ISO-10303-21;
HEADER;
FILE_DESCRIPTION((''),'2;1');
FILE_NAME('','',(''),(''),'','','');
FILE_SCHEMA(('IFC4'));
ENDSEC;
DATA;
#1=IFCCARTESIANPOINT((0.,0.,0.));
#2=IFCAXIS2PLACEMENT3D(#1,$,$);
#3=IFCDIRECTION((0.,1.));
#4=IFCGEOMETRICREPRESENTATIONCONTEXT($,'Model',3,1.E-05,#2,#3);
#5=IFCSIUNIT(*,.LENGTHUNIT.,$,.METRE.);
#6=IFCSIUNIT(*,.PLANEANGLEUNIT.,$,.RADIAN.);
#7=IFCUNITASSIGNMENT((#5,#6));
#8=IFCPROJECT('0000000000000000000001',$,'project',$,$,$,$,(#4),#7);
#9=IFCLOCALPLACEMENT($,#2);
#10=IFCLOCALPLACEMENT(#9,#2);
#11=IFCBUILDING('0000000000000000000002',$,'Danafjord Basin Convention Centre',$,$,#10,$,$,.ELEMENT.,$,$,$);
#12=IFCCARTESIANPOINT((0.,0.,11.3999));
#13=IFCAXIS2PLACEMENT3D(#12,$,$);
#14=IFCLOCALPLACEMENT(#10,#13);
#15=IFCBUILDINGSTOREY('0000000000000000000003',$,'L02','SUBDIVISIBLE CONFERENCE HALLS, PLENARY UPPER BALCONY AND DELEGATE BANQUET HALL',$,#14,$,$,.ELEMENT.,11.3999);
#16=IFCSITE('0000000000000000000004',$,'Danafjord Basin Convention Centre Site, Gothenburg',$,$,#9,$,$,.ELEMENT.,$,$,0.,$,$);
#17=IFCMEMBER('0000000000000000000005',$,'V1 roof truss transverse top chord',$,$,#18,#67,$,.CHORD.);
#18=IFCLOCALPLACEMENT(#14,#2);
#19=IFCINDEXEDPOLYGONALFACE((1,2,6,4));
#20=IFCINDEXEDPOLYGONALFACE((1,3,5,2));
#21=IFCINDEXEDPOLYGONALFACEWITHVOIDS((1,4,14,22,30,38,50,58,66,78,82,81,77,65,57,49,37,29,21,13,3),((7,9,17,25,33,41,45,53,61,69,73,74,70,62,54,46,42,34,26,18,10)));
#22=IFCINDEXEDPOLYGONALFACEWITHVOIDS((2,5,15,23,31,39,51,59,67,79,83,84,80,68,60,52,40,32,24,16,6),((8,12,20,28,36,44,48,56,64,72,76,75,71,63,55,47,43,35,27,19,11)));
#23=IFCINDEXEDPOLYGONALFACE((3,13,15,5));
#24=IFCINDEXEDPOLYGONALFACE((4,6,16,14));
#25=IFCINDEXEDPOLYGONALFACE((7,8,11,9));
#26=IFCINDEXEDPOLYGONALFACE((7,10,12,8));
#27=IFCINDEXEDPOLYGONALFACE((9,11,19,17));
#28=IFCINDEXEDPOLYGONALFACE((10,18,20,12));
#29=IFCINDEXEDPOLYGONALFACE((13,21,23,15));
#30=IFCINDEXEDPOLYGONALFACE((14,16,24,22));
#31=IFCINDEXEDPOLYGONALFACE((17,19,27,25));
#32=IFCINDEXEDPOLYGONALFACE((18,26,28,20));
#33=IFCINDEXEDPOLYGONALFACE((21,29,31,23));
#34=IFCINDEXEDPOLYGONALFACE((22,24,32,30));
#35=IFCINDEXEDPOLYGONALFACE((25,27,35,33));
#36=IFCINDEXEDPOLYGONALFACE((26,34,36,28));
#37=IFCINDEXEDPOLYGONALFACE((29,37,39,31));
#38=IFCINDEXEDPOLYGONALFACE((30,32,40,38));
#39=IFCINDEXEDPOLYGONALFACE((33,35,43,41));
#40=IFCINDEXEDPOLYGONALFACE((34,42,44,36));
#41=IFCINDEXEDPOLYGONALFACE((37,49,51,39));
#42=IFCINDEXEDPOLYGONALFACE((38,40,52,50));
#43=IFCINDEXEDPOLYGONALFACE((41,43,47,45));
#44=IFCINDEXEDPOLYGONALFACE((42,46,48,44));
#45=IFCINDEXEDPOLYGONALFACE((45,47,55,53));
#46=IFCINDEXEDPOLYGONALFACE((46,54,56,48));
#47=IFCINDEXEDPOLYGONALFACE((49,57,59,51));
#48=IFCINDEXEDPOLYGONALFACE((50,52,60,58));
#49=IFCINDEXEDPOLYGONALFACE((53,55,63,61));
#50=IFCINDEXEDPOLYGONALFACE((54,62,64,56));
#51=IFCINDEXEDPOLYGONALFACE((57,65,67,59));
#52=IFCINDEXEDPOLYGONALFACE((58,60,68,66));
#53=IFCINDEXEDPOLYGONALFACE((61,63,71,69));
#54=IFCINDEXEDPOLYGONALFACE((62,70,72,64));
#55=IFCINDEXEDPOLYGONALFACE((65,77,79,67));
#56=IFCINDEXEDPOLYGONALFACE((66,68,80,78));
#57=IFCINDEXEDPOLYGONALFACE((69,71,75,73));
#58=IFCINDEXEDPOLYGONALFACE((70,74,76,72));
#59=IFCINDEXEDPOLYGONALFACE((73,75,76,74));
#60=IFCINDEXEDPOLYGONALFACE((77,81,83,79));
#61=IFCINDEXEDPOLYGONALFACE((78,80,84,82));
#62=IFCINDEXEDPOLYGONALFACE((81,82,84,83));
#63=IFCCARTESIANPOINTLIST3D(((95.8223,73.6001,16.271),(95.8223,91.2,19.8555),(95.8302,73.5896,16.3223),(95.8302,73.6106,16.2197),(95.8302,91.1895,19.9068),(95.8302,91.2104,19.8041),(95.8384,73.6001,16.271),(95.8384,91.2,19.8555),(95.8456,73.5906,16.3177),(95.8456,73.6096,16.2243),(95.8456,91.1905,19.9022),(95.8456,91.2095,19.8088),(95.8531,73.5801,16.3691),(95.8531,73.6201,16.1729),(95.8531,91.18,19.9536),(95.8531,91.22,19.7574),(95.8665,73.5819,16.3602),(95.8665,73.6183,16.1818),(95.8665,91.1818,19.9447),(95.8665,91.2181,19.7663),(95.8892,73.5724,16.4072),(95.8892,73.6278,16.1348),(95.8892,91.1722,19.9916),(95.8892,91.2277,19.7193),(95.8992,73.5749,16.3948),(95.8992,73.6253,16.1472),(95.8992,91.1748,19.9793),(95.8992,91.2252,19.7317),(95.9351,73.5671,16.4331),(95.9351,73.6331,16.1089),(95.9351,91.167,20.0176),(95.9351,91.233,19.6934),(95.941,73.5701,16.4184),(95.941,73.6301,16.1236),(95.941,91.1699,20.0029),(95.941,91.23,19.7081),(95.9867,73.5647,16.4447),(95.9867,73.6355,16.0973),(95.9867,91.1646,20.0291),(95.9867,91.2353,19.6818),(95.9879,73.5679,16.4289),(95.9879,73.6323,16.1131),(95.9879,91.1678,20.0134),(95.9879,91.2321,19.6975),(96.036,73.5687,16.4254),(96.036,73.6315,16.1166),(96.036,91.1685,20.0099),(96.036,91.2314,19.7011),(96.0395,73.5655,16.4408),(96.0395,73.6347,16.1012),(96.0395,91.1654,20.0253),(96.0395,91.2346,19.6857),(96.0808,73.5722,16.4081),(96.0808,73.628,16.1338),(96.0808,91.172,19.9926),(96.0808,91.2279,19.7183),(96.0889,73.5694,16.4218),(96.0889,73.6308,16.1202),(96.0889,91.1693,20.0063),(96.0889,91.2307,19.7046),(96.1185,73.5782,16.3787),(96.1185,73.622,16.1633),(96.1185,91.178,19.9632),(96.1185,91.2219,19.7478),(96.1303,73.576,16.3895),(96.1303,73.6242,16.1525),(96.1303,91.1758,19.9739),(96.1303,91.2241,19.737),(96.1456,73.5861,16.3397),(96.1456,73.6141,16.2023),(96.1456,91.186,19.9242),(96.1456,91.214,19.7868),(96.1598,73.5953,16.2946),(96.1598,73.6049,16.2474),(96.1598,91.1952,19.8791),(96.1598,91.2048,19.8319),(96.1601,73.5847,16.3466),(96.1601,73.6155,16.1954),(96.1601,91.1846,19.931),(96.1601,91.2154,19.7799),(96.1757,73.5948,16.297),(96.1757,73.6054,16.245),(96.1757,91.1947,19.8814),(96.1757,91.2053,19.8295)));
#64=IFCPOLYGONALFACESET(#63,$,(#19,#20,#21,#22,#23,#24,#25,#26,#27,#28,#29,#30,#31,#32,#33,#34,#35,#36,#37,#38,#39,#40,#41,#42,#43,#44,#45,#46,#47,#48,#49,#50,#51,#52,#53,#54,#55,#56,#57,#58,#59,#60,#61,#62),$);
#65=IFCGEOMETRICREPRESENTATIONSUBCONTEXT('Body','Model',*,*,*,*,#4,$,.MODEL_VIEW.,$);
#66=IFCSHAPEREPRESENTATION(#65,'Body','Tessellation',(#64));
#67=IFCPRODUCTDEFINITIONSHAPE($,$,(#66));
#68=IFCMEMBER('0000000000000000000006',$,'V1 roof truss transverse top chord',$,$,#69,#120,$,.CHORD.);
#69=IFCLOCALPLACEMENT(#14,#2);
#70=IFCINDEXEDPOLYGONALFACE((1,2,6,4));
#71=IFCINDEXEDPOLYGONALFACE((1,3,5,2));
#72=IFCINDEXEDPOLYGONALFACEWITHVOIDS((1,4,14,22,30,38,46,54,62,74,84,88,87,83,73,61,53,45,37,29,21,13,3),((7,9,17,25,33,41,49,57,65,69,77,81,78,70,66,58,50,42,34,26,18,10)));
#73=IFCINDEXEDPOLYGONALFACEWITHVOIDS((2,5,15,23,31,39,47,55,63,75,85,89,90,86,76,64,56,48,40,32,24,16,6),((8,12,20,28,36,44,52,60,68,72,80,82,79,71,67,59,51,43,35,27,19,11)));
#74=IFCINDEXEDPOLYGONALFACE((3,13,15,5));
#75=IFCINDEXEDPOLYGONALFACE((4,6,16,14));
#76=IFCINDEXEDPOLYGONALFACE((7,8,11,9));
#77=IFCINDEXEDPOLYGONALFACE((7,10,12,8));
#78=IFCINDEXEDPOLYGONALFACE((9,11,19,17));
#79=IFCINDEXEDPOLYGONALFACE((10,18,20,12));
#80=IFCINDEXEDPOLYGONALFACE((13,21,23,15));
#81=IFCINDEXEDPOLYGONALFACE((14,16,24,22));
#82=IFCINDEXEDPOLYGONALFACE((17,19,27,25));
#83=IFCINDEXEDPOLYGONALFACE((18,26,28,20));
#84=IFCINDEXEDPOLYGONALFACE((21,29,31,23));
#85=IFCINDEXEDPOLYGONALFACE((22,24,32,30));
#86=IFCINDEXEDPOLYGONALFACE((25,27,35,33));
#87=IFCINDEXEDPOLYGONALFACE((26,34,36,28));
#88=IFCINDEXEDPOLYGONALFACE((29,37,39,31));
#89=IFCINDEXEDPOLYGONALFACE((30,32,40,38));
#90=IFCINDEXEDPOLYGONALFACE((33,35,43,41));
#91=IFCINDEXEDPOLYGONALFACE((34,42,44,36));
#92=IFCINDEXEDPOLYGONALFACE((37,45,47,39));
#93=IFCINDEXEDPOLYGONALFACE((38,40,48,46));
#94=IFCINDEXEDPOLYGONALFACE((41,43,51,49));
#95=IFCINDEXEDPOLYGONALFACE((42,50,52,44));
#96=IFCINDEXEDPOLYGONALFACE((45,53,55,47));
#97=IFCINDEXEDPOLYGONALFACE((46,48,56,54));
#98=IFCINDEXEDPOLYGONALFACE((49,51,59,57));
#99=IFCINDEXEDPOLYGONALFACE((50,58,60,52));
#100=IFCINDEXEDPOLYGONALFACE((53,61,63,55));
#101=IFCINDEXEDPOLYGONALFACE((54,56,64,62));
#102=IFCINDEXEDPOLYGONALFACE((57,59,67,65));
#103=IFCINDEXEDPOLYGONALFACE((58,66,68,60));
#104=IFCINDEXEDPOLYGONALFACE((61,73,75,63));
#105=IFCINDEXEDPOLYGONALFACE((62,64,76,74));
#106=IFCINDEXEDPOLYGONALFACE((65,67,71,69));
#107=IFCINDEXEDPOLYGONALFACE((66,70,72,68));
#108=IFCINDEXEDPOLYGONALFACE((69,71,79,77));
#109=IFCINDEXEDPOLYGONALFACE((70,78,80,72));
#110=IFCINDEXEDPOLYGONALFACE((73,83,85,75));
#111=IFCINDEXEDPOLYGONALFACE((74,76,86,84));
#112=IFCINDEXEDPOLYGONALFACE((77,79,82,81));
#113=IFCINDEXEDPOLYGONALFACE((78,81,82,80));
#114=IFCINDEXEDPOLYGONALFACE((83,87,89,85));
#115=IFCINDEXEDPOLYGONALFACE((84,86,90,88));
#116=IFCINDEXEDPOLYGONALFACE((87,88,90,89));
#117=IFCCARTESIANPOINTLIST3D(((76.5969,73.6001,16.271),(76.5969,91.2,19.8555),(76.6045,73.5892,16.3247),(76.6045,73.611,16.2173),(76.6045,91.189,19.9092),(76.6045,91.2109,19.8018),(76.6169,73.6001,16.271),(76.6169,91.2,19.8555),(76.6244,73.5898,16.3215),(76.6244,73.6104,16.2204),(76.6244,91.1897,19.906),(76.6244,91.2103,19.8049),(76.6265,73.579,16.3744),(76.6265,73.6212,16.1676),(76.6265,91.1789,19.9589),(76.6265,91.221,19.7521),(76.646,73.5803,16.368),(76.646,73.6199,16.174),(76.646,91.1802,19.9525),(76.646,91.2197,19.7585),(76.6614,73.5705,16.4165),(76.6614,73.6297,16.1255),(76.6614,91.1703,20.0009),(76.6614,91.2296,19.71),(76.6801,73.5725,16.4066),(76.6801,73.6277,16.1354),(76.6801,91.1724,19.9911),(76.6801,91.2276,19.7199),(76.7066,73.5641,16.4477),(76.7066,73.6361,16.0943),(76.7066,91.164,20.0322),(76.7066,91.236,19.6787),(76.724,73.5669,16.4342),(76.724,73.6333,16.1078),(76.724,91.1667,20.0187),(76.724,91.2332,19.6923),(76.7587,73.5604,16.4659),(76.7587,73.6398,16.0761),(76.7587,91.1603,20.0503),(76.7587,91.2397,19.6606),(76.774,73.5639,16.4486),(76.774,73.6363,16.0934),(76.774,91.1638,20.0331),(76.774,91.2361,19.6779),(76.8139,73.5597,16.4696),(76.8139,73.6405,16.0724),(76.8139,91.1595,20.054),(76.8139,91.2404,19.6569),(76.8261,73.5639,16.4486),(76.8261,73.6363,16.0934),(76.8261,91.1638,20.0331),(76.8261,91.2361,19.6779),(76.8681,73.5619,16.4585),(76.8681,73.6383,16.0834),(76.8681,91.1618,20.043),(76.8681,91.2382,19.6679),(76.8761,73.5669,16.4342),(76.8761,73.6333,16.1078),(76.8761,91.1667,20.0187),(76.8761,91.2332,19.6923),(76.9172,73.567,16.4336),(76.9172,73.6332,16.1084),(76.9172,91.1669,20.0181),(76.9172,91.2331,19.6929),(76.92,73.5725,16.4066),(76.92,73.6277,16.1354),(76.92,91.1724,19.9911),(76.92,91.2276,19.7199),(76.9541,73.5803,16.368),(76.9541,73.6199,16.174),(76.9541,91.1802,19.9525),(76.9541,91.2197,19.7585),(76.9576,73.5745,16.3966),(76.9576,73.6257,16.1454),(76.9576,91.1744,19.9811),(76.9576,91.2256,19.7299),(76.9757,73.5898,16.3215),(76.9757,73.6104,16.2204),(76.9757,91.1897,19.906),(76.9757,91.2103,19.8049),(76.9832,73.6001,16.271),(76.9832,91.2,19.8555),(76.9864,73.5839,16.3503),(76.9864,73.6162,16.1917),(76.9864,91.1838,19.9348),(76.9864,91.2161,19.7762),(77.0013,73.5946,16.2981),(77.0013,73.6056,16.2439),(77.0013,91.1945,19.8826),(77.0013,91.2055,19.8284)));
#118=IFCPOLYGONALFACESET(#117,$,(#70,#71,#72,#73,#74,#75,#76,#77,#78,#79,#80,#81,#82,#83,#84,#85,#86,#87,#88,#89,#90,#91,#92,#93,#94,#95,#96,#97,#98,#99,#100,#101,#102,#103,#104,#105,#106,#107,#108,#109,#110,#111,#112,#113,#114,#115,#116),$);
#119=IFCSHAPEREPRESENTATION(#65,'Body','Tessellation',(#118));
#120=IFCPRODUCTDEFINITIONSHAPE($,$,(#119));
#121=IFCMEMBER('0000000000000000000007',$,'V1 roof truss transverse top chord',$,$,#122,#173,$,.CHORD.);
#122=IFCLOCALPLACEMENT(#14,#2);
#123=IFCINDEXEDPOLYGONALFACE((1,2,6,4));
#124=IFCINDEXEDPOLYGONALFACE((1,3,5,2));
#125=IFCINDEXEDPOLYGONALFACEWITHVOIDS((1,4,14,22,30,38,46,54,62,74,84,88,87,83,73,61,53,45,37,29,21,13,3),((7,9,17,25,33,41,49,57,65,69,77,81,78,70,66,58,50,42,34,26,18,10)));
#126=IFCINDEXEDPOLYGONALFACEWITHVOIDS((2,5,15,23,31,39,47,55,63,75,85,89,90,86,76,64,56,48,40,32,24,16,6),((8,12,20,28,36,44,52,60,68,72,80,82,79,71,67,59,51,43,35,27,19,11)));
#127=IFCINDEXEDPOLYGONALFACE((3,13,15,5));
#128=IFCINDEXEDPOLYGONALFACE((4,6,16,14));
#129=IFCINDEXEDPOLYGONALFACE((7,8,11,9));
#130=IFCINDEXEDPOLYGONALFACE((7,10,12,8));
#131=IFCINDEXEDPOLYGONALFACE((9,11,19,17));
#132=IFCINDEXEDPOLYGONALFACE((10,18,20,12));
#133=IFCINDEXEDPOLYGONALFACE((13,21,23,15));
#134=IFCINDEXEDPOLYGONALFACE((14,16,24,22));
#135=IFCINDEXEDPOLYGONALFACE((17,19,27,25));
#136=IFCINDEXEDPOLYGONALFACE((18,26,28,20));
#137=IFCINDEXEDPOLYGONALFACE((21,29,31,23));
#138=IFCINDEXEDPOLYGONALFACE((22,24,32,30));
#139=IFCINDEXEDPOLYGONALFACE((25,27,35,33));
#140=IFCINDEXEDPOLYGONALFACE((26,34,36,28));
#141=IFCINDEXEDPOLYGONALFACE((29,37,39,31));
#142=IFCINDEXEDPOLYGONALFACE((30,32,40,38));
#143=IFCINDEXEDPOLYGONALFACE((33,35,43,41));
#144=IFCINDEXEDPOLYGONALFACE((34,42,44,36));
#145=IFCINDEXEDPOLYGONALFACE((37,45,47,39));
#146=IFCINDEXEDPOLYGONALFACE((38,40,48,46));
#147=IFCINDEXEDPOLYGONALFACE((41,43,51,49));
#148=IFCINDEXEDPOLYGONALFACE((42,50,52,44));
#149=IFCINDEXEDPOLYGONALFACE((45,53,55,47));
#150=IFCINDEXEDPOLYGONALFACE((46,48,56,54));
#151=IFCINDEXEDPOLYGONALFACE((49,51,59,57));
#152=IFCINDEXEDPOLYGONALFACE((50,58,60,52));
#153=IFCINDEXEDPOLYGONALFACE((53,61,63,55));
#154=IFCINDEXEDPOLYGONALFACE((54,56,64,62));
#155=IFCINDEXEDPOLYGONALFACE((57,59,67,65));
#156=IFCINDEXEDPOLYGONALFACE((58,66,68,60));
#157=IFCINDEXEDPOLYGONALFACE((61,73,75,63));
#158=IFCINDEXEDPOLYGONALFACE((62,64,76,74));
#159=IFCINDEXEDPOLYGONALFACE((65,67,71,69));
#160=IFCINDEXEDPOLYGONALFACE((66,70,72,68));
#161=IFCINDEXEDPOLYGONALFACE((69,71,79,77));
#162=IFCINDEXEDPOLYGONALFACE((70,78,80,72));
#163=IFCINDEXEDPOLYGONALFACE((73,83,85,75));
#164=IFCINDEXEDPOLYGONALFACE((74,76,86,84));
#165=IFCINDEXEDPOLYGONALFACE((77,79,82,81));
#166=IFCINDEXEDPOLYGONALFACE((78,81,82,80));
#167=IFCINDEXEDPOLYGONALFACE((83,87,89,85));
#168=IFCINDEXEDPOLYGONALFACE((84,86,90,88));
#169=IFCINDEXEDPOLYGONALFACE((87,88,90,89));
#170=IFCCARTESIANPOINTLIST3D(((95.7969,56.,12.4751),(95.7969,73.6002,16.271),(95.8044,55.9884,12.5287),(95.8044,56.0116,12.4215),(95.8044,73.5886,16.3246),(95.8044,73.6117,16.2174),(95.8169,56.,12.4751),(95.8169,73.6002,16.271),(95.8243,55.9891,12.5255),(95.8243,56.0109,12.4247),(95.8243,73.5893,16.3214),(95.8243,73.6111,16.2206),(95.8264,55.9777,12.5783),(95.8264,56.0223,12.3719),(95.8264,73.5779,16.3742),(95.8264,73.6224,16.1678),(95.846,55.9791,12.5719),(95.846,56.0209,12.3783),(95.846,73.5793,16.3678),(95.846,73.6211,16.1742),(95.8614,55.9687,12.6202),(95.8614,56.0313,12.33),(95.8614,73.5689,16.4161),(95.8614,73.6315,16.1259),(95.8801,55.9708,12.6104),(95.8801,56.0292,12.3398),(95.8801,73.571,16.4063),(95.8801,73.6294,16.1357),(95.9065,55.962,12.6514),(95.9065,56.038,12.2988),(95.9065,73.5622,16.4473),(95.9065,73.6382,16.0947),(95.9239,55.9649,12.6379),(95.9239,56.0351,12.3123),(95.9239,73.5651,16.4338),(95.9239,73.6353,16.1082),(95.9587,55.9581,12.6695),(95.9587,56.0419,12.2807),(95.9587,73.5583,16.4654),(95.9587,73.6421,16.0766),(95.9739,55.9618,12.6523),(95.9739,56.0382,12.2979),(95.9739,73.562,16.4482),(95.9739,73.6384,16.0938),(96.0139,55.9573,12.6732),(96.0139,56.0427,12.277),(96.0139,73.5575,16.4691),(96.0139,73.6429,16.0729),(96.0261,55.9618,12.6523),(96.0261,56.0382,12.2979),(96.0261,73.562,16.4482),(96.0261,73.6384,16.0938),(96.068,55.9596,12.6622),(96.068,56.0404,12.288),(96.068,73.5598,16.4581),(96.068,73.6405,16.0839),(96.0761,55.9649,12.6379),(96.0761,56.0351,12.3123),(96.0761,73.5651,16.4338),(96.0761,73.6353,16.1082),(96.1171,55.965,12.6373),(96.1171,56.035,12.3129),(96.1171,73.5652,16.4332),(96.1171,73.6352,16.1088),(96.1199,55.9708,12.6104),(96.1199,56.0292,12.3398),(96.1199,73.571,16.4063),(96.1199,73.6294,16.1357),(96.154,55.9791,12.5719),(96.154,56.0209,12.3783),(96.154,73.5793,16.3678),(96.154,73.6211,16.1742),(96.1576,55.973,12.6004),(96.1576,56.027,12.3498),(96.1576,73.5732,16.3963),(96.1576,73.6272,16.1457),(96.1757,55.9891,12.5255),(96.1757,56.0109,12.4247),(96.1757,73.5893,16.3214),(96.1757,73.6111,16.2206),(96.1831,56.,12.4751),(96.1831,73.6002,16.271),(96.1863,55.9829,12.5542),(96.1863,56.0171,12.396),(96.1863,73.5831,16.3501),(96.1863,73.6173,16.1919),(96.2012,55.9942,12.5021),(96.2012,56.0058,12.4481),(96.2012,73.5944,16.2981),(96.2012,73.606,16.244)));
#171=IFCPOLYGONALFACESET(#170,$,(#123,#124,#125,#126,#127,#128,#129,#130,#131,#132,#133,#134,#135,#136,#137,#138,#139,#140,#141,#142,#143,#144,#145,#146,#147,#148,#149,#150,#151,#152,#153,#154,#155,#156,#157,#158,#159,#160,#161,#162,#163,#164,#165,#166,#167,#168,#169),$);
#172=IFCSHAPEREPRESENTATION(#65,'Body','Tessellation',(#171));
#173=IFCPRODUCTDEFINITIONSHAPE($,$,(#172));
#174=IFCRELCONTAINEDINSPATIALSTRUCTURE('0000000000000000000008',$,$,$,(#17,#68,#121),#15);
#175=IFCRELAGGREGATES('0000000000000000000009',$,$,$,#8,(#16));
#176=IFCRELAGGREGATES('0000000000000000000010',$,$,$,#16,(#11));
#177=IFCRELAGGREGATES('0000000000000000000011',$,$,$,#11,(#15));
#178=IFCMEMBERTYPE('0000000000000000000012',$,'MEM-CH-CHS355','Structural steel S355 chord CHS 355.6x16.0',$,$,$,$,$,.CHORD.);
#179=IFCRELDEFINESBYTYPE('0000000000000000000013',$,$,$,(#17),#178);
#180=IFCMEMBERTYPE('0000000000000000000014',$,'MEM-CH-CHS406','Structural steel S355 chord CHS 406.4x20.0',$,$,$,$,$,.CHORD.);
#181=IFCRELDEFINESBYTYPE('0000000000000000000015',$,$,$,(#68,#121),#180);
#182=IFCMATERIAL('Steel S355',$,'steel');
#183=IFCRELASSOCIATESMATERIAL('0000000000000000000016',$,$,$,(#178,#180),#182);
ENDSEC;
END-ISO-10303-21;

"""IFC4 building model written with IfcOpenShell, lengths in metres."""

from ifc_helpers import new_model, si_unit, direction, frame, origin, origin_2d, place, context, subcontext, project, spatial, hollow_circle, extrude, material, material_profile, profile_set, type_object, element, save


model = new_model("IFC4")

# Units and contexts
model_context = context("Model", 3, precision=1e-05, world=origin(), true_north=direction((0.0, 1.0)))
body_context = subcontext(model_context, "Body", "Model", "MODEL_VIEW")
ifc_project = project(units=[si_unit("LENGTHUNIT", "METRE"), si_unit("PLANEANGLEUNIT", "RADIAN")], contexts=[model_context])

# Site, building, storey
site_placement = place(None, origin())
site = spatial("IfcSite", under=ifc_project, at=site_placement, Name="Danafjord Basin Convention Centre Site, Gothenburg", CompositionType="ELEMENT", RefElevation=0.0)
building_placement = place(site_placement, origin())
building = spatial("IfcBuilding", under=site, at=building_placement, Name="Danafjord Basin Convention Centre", CompositionType="ELEMENT")
storey_placement = place(building_placement, frame((0.0, 0.0, 11.3999)))
storey = spatial("IfcBuildingStorey", under=building, at=storey_placement, Name="L02", Description="SUBDIVISIBLE CONFERENCE HALLS, PLENARY UPPER BALCONY AND DELEGATE BANQUET HALL", CompositionType="ELEMENT", Elevation=11.3999)

# Shared definitions
ifc_material_1 = material(Name="Steel S355", Category="steel")

# Members
ifc_material_profile_1 = material_profile(ifc_material_1, hollow_circle(Radius=0.1777, WallThickness=0.0161, at=origin_2d()), Name="CHS 355.6x16.0")
ifc_profile_set_1 = profile_set([ifc_material_profile_1], Name="Steel S355")
member_type_1 = type_object("IfcMemberType", Name="MEM-CH-CHS355", Description="Structural steel S355 chord CHS 355.6x16.0", PredefinedType="CHORD", material=ifc_profile_set_1)
member_1_placement = place(storey_placement, frame((96.0, 73.6001, 16.271), z_axis=(0.0, 0.979884, 0.199568), x_axis=(-1.0, 0.0, 0.0)))
element("IfcMember", 1, at=member_1_placement, inside=storey, type_object=member_type_1, Name="V1 roof truss transverse top chord", PredefinedType="CHORD", context=body_context, shape_type="SweptSolid", body=[
    extrude(hollow_circle(Radius=0.1777, WallThickness=0.0161, at=origin_2d()), origin(), (0.0, 0.0, 1.0), 17.9612),
])
ifc_material_profile_2 = material_profile(ifc_material_1, hollow_circle(Radius=0.2031, WallThickness=0.02, at=origin_2d()), Name="CHS 406.4x20.0")
ifc_profile_set_2 = profile_set([ifc_material_profile_2], Name="Steel S355")
member_type_2 = type_object("IfcMemberType", Name="MEM-CH-CHS406", Description="Structural steel S355 chord CHS 406.4x20.0", PredefinedType="CHORD", material=ifc_profile_set_2)
member_2_placement = place(storey_placement, frame((76.8, 73.6001, 16.271), z_axis=(0.0, 0.979884, 0.199568), x_axis=(-1.0, 0.0, 0.0)))
element("IfcMember", 2, at=member_2_placement, inside=storey, type_object=member_type_2, Name="V1 roof truss transverse top chord", PredefinedType="CHORD", context=body_context, shape_type="SweptSolid", body=[
    extrude(hollow_circle(Radius=0.2031, WallThickness=0.02, at=origin_2d()), origin(), (0.0, 0.0, 1.0), 17.9612),
])
member_3_placement = place(storey_placement, frame((96.0, 56.0, 12.4751), z_axis=(0.0, 0.977523, 0.210827), x_axis=(-1.0, 0.0, 0.0)))
element("IfcMember", 3, at=member_3_placement, inside=storey, type_object=member_type_2, Name="V1 roof truss transverse top chord", PredefinedType="CHORD", context=body_context, shape_type="SweptSolid", body=[
    extrude(hollow_circle(Radius=0.2031, WallThickness=0.02, at=origin_2d()), origin(), (0.0, 0.0, 1.0), 18.0049),
])

save(model, "model.ifc")
